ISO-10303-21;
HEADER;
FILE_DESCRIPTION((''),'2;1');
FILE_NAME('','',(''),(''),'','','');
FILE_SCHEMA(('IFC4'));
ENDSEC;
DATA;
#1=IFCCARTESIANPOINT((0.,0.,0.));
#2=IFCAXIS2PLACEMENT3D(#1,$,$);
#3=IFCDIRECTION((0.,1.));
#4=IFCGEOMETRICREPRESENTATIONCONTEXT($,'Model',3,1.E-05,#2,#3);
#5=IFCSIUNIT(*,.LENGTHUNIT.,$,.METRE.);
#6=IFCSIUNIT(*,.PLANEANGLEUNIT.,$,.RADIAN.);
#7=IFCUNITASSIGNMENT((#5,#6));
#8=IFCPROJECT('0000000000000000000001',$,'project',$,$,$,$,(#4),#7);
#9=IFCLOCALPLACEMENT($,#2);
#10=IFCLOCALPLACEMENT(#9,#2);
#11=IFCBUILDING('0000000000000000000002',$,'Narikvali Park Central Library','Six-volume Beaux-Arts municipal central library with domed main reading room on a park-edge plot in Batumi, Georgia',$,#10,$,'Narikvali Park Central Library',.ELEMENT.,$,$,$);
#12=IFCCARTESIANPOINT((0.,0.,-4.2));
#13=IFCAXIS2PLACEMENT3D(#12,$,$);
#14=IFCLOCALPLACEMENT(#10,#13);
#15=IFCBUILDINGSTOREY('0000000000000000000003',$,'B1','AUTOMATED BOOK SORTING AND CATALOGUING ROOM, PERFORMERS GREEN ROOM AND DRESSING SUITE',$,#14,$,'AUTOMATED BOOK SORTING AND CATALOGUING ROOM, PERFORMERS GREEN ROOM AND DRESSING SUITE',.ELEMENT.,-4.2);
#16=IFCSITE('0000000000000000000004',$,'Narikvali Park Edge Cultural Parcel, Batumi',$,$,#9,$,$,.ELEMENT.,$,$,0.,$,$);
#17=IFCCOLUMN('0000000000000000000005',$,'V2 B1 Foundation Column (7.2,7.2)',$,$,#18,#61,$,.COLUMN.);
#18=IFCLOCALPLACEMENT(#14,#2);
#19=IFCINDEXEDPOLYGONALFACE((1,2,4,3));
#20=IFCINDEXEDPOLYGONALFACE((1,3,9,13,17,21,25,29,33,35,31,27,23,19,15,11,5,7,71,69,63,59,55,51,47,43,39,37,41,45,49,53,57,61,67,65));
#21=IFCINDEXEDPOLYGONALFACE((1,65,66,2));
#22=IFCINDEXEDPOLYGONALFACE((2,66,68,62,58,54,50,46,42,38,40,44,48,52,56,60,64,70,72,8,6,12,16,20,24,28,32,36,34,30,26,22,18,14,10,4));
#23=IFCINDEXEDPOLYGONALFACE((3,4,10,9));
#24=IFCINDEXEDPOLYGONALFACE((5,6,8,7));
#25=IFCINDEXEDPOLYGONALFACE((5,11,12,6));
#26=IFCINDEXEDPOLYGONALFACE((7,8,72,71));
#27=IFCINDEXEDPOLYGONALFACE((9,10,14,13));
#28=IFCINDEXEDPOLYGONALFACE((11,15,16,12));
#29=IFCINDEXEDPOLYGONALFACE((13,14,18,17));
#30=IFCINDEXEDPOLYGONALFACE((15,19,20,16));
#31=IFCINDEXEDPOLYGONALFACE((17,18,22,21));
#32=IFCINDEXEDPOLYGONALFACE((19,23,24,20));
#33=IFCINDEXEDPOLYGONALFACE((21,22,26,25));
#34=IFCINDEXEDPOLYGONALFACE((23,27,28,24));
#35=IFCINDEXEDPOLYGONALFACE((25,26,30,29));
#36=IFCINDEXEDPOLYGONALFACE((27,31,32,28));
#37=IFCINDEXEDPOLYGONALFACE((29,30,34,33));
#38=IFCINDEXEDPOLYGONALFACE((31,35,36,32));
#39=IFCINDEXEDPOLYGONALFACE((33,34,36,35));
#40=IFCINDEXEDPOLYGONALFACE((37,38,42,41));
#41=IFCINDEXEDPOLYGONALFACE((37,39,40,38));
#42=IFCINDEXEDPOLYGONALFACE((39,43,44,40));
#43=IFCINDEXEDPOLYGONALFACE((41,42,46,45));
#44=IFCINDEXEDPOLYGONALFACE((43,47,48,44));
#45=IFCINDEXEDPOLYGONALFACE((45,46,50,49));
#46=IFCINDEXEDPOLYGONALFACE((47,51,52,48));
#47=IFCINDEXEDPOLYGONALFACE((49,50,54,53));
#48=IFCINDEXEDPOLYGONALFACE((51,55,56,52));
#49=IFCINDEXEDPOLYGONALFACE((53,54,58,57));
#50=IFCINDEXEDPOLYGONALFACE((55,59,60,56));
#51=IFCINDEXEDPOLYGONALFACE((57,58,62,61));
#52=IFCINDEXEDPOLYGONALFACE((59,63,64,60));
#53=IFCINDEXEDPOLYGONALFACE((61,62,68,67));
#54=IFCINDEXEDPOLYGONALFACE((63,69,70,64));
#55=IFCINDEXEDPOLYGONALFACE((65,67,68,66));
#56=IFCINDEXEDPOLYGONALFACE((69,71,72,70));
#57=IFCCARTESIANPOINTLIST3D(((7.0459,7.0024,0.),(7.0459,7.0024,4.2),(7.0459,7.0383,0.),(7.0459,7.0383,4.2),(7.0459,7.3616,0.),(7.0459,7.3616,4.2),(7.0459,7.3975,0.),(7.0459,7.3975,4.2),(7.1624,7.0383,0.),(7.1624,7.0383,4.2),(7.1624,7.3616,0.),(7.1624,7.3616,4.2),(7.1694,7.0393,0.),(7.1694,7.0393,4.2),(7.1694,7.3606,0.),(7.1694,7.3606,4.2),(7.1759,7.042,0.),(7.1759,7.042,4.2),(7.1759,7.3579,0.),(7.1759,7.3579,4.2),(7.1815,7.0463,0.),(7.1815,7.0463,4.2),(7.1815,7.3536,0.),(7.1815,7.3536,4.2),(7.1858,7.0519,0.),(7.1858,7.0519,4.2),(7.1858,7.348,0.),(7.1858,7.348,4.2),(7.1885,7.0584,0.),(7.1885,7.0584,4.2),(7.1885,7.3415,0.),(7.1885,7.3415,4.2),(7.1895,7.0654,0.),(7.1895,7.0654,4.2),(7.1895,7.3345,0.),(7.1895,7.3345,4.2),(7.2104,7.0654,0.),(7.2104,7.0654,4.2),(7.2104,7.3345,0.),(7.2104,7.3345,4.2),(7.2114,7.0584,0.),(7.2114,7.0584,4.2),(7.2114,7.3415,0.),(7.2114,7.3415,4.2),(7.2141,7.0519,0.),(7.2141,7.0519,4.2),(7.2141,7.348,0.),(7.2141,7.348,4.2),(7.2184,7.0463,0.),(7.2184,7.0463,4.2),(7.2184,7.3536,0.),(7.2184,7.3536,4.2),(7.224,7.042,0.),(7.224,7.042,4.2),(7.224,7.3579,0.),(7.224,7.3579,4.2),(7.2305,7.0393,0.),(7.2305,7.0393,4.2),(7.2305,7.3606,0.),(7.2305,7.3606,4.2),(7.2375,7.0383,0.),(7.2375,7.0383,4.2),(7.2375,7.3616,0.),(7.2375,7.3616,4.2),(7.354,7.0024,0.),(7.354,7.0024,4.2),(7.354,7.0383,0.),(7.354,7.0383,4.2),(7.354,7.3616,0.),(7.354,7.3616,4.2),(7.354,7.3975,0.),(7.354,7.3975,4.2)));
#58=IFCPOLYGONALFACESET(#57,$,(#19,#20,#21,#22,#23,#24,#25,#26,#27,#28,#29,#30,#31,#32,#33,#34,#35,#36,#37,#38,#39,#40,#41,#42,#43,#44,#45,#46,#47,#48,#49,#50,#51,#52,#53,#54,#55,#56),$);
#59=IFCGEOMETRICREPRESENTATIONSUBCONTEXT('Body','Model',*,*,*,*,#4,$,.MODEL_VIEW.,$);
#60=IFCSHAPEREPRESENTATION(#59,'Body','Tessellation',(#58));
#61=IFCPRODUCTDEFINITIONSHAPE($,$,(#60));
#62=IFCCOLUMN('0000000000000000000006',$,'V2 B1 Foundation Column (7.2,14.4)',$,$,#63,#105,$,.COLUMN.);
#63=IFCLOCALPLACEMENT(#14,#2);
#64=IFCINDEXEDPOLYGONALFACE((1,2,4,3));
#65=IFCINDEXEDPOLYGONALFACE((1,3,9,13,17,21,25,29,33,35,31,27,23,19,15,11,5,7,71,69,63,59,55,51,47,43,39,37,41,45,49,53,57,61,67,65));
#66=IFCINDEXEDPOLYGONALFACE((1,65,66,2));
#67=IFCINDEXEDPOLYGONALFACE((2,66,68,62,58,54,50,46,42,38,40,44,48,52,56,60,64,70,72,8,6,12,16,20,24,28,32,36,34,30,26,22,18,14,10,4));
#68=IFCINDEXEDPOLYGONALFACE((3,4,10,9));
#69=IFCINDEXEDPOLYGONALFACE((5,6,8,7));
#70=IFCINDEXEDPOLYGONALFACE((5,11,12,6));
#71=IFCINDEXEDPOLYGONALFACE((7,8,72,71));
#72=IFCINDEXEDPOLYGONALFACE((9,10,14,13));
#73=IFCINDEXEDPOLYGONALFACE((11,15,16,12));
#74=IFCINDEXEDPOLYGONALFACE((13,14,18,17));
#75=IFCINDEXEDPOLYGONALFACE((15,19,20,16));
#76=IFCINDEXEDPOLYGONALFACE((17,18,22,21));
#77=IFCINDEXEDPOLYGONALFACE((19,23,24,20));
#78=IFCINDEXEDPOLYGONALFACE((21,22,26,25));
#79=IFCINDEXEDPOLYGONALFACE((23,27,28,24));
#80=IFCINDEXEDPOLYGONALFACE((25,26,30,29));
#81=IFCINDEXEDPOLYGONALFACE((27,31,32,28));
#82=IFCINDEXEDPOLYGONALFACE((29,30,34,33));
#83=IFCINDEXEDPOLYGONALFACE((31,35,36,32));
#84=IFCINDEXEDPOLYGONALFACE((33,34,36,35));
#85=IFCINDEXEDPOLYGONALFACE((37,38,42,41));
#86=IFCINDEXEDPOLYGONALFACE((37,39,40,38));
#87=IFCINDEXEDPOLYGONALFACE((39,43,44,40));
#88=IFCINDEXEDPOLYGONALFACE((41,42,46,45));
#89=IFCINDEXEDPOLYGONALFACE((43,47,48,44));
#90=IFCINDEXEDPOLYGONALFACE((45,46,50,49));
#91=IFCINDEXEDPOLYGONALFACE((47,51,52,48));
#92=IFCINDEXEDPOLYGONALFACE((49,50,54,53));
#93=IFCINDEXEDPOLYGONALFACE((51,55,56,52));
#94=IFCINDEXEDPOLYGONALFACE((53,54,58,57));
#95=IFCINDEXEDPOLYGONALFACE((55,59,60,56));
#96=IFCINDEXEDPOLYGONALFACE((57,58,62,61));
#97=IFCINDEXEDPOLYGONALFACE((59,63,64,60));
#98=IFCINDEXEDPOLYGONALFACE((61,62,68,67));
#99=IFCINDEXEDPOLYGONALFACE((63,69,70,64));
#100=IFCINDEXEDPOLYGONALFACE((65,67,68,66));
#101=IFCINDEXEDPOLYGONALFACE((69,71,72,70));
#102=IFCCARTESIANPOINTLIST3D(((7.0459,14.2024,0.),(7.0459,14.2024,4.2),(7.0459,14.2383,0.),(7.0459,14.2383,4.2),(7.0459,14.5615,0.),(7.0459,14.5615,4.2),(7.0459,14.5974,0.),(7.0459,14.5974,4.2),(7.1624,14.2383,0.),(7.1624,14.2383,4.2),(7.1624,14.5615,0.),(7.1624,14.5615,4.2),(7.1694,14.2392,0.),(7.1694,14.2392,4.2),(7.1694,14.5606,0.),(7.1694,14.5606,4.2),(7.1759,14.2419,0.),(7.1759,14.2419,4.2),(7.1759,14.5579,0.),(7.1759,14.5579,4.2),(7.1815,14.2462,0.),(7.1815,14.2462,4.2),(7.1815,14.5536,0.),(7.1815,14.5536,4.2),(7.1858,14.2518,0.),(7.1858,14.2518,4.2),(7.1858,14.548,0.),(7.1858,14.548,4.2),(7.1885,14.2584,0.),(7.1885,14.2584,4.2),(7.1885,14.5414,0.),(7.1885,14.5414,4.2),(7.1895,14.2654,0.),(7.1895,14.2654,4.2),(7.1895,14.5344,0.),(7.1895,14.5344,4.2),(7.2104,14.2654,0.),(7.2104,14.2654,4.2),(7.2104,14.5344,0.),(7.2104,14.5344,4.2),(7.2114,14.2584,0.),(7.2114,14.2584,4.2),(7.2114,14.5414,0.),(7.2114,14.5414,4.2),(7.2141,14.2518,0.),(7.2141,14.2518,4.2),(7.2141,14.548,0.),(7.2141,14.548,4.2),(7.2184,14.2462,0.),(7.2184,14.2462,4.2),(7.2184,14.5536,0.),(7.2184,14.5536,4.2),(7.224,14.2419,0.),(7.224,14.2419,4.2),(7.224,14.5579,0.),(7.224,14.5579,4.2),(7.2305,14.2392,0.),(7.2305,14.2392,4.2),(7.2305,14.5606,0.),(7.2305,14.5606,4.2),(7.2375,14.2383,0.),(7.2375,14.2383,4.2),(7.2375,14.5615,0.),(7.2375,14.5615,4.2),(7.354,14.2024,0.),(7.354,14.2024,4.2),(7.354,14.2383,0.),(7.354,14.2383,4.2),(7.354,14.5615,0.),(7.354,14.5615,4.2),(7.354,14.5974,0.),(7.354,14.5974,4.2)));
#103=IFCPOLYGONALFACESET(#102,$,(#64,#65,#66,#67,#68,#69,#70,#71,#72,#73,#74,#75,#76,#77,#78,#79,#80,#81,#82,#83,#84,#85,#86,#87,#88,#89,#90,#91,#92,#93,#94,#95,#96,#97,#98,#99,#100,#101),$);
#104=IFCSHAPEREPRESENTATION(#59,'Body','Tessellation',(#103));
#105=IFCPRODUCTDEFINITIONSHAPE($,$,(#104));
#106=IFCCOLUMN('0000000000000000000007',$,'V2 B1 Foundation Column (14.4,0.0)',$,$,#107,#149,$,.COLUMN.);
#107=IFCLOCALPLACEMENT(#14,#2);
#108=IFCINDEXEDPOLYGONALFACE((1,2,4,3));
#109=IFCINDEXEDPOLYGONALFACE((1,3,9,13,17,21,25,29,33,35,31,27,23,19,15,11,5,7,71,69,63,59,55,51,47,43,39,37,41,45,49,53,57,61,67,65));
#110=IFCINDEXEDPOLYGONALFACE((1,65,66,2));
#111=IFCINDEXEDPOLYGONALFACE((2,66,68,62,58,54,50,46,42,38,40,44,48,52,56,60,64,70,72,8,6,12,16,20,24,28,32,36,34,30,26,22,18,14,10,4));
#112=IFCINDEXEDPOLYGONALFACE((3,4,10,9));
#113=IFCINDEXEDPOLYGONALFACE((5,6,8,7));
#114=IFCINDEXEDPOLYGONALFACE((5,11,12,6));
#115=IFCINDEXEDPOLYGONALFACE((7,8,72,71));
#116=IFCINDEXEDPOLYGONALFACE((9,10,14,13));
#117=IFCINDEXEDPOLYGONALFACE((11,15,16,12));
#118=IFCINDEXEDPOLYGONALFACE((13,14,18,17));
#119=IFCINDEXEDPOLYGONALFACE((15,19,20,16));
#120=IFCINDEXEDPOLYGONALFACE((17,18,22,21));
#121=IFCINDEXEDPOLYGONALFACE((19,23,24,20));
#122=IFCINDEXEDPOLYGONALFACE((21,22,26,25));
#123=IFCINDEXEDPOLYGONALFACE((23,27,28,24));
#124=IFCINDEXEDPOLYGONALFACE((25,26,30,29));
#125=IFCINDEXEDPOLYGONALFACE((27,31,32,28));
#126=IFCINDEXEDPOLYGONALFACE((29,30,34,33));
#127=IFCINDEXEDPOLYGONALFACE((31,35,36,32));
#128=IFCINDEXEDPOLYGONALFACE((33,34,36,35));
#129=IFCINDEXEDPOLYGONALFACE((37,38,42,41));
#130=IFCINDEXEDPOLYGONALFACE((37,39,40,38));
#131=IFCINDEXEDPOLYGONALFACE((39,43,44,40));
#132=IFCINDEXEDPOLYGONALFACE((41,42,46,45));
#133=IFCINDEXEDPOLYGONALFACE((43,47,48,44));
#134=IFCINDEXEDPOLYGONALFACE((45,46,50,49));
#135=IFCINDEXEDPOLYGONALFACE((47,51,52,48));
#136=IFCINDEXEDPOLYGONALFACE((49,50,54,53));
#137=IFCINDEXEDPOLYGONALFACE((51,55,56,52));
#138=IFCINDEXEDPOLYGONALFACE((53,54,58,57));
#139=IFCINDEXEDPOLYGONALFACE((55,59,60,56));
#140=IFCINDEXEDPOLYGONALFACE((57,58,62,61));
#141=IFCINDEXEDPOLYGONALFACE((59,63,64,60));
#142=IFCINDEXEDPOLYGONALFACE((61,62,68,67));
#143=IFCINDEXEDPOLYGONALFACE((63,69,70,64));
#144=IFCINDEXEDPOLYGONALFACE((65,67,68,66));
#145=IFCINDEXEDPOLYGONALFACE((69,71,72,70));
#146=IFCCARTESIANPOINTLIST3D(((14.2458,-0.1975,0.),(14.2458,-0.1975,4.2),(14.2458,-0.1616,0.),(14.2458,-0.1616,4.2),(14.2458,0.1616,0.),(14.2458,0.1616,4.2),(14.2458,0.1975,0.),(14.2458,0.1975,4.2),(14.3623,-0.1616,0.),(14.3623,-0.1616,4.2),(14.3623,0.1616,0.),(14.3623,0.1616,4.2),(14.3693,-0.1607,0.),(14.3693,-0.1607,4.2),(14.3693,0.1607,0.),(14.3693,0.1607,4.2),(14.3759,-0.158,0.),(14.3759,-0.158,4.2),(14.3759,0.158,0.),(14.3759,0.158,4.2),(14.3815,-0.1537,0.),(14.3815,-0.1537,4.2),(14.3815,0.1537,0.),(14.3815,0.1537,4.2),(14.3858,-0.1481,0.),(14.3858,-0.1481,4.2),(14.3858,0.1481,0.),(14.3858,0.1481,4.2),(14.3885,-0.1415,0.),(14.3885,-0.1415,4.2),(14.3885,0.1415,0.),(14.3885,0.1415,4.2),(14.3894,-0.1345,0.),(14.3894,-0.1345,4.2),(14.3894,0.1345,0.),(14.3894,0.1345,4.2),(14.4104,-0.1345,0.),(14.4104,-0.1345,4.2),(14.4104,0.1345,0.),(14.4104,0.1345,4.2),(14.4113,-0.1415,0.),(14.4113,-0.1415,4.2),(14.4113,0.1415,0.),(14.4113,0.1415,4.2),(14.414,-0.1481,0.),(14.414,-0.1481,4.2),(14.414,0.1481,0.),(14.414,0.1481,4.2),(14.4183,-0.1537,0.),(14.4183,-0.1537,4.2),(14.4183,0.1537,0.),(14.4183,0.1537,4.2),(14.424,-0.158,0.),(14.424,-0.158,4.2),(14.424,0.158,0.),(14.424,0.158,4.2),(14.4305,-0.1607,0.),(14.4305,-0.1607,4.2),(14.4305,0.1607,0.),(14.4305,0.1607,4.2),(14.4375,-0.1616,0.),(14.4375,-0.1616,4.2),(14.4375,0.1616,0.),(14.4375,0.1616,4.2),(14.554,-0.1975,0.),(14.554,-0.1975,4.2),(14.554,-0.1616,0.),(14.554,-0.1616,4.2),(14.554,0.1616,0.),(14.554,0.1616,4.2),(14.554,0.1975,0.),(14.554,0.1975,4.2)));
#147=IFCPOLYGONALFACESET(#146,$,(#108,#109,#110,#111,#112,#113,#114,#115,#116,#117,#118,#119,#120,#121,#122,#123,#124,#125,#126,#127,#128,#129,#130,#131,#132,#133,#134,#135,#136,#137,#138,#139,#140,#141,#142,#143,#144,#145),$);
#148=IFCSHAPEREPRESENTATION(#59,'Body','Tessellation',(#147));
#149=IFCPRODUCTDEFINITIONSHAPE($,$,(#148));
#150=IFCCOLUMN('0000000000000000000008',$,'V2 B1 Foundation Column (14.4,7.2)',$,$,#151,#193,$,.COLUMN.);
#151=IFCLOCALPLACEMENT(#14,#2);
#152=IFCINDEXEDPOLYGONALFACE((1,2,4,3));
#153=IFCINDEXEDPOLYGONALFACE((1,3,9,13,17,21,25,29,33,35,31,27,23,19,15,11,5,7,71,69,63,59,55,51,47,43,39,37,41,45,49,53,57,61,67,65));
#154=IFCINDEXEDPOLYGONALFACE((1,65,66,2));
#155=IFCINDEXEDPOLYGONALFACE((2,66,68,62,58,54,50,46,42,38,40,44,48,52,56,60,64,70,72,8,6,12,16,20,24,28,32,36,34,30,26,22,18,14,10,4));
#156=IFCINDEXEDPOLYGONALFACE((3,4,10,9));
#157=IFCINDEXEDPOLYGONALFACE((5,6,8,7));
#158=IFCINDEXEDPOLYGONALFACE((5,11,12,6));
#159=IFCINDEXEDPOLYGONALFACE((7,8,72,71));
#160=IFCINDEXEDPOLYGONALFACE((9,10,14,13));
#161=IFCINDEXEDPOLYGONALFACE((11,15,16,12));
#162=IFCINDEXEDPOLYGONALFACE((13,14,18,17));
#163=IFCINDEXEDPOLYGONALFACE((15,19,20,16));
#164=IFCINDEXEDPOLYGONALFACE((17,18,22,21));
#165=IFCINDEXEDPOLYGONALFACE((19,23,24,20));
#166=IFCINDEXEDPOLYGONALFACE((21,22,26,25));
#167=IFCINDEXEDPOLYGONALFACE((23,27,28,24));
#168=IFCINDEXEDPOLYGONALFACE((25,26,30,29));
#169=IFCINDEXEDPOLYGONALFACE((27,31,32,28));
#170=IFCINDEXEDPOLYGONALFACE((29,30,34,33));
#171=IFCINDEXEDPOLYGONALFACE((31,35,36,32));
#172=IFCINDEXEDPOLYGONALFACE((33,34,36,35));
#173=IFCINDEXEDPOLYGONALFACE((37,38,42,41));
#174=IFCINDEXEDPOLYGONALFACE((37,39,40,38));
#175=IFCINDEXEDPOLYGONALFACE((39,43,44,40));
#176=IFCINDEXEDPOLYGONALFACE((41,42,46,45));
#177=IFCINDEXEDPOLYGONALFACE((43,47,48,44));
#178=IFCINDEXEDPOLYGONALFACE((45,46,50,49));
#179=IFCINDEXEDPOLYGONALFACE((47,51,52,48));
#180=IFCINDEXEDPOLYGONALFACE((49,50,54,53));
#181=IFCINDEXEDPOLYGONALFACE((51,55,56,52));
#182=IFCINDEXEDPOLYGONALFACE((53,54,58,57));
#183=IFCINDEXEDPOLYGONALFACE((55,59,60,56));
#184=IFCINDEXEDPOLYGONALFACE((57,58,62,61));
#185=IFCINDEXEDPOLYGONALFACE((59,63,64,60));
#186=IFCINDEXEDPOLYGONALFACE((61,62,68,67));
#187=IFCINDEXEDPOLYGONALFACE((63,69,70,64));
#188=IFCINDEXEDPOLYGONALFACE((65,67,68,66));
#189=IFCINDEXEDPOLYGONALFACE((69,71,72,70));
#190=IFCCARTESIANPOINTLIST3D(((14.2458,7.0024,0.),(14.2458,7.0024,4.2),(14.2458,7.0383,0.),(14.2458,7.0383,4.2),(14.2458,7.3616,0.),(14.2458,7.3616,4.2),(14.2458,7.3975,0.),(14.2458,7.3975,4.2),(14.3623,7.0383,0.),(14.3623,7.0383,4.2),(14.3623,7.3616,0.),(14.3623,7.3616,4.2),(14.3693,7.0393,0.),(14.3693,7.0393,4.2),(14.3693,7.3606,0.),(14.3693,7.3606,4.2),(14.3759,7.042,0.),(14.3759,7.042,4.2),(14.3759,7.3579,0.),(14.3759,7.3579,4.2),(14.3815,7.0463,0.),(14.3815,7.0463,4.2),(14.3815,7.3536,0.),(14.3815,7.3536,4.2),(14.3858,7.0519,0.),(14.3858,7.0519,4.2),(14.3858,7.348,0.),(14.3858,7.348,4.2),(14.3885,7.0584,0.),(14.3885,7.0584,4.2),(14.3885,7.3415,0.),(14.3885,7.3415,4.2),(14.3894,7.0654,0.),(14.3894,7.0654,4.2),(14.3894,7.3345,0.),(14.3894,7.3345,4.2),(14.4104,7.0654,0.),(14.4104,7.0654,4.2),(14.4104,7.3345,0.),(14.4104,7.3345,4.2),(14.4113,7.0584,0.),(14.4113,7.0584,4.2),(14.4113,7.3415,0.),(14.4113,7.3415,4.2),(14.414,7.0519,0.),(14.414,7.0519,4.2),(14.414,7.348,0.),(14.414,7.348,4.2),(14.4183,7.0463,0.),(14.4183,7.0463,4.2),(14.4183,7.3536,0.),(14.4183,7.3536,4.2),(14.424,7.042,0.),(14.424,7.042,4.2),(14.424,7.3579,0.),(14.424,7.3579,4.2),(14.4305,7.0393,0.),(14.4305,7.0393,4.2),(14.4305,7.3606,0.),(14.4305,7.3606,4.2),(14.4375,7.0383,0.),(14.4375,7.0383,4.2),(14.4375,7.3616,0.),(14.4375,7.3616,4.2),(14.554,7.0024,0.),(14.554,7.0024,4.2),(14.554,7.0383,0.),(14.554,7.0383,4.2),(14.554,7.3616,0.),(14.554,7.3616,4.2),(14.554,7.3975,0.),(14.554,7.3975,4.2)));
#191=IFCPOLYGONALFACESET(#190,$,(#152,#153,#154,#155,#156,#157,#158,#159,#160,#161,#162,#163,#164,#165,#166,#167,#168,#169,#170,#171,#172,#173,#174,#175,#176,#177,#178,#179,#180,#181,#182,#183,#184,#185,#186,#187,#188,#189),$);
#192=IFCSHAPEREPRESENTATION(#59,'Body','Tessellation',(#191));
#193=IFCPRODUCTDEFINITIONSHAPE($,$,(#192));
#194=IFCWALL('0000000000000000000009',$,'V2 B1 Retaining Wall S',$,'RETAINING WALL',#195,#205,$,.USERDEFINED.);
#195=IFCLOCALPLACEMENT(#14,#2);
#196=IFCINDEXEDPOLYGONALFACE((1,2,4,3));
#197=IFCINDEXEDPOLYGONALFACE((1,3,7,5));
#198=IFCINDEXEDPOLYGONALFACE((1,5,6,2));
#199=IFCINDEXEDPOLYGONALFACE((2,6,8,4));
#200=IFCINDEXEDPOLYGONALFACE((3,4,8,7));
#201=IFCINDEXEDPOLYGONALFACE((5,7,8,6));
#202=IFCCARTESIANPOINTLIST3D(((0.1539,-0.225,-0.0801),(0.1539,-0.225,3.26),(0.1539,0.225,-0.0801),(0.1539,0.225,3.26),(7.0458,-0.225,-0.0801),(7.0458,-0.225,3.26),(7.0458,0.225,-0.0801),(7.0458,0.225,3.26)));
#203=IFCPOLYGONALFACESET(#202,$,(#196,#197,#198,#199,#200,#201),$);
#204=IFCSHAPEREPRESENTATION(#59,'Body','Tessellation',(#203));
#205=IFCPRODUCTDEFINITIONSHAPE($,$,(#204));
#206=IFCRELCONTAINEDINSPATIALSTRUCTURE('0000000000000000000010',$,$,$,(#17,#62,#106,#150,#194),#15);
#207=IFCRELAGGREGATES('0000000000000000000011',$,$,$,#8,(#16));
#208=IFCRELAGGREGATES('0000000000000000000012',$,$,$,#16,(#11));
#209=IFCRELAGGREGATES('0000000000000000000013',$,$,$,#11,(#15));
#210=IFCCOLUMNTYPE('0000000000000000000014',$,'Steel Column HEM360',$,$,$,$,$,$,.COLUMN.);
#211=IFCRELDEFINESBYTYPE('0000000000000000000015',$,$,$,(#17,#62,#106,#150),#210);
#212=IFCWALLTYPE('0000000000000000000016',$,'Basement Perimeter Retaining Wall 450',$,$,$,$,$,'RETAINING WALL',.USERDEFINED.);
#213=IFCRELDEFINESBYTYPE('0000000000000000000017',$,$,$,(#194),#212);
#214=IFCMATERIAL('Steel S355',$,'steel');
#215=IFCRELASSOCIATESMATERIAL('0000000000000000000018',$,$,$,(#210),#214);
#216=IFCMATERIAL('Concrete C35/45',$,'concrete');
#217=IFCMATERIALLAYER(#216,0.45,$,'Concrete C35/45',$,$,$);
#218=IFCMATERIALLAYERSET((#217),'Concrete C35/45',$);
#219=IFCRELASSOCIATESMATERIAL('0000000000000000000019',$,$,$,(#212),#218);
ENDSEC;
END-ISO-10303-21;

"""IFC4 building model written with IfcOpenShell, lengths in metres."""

from ifc_helpers import new_model, si_unit, direction, frame, frame_2d, origin, origin_2d, place, context, subcontext, project, spatial, rectangle, i_section, extrude, material, layer, layer_set, material_profile, profile_set, type_object, element, save


model = new_model("IFC4")

# Units and contexts
model_context = context("Model", 3, precision=1e-05, world=origin(), true_north=direction((0.0, 1.0)))
body_context = subcontext(model_context, "Body", "Model", "MODEL_VIEW")
ifc_project = project(units=[si_unit("LENGTHUNIT", "METRE"), si_unit("PLANEANGLEUNIT", "RADIAN")], contexts=[model_context])

# Site, building, storey
site_placement = place(None, origin())
site = spatial("IfcSite", under=ifc_project, at=site_placement, Name="Narikvali Park Edge Cultural Parcel, Batumi", CompositionType="ELEMENT", RefElevation=0.0)
building_placement = place(site_placement, origin())
building = spatial("IfcBuilding", under=site, at=building_placement, Name="Narikvali Park Central Library", Description="Six-volume Beaux-Arts municipal central library with domed main reading room on a park-edge plot in Batumi, Georgia", LongName="Narikvali Park Central Library", CompositionType="ELEMENT")
storey_placement = place(building_placement, frame((0.0, 0.0, -4.2)))
storey = spatial("IfcBuildingStorey", under=building, at=storey_placement, Name="B1", Description="AUTOMATED BOOK SORTING AND CATALOGUING ROOM, PERFORMERS GREEN ROOM AND DRESSING SUITE", LongName="AUTOMATED BOOK SORTING AND CATALOGUING ROOM, PERFORMERS GREEN ROOM AND DRESSING SUITE", CompositionType="ELEMENT", Elevation=-4.2)

# Shared definitions
ifc_material_1 = material(Name="Concrete C35/45", Category="concrete")

# Columns
ifc_material_2 = material(Name="Steel S355", Category="steel")
ifc_material_profile_1 = material_profile(ifc_material_2, i_section(OverallWidth=0.3081, OverallDepth=0.395, WebThickness=0.021, FlangeThickness=0.0359, FilletRadius=0.0271, at=origin_2d()), Name="HEM 360")
ifc_profile_set_1 = profile_set([ifc_material_profile_1], Name="Steel S355")
column_type = type_object("IfcColumnType", Name="Steel Column HEM360", PredefinedType="COLUMN", material=ifc_profile_set_1)
for number, where, z_axis, x_axis, name in (
    (1, (7.2, 7.2, 0.0), (0.0, 0.0, 1.0), (1.0, 0.0, 0.0), "V2 B1 Foundation Column (7.2,7.2)"),
    (2, (7.2, 14.3999, 0.0), (0.0, 0.0, 1.0), (1.0, 0.0, 0.0), "V2 B1 Foundation Column (7.2,14.4)"),
    (3, (14.3999, 0.0, 0.0), (0.0, 0.0, 1.0), (1.0, 0.0, 0.0), "V2 B1 Foundation Column (14.4,0.0)"),
    (4, (14.3999, 7.2, 0.0), (0.0, 0.0, 1.0), (1.0, 0.0, 0.0), "V2 B1 Foundation Column (14.4,7.2)"),
):
    element("IfcColumn", number, at=place(storey_placement, frame(where, z_axis=z_axis, x_axis=x_axis)), inside=storey, type_object=column_type, Name=name, PredefinedType="COLUMN", context=body_context, shape_type="SweptSolid", body=[
        extrude(i_section(OverallWidth=0.3081, OverallDepth=0.395, WebThickness=0.021, FlangeThickness=0.0359, FilletRadius=0.0271, at=origin_2d()), origin(), (0.0, 0.0, 1.0), 4.2),
    ])

# Wall
ifc_layer_1 = layer(ifc_material_1, 0.45, Name="Concrete C35/45")
ifc_layer_set_1 = layer_set([ifc_layer_1], Name="Concrete C35/45")
wall_type_1 = type_object("IfcWallType", Name="Basement Perimeter Retaining Wall 450", ElementType="RETAINING WALL", PredefinedType="USERDEFINED", material=ifc_layer_set_1)
wall_1_placement = place(storey_placement, frame((0.1541, 0.0, -0.0801), z_axis=(0.0, 0.0, 1.0), x_axis=(1.0, 0.0, 0.0)))
element("IfcWall", 5, at=wall_1_placement, inside=storey, type_object=wall_type_1, Name="V2 B1 Retaining Wall S", ObjectType="RETAINING WALL", PredefinedType="USERDEFINED", context=body_context, shape_type="SweptSolid", body=[
    extrude(rectangle(XDim=6.8918, YDim=0.45, at=frame_2d((3.4458, 0.0))), origin(), (0.0, 0.0, 1.0), 3.3401),
])

save(model, "model.ifc")
